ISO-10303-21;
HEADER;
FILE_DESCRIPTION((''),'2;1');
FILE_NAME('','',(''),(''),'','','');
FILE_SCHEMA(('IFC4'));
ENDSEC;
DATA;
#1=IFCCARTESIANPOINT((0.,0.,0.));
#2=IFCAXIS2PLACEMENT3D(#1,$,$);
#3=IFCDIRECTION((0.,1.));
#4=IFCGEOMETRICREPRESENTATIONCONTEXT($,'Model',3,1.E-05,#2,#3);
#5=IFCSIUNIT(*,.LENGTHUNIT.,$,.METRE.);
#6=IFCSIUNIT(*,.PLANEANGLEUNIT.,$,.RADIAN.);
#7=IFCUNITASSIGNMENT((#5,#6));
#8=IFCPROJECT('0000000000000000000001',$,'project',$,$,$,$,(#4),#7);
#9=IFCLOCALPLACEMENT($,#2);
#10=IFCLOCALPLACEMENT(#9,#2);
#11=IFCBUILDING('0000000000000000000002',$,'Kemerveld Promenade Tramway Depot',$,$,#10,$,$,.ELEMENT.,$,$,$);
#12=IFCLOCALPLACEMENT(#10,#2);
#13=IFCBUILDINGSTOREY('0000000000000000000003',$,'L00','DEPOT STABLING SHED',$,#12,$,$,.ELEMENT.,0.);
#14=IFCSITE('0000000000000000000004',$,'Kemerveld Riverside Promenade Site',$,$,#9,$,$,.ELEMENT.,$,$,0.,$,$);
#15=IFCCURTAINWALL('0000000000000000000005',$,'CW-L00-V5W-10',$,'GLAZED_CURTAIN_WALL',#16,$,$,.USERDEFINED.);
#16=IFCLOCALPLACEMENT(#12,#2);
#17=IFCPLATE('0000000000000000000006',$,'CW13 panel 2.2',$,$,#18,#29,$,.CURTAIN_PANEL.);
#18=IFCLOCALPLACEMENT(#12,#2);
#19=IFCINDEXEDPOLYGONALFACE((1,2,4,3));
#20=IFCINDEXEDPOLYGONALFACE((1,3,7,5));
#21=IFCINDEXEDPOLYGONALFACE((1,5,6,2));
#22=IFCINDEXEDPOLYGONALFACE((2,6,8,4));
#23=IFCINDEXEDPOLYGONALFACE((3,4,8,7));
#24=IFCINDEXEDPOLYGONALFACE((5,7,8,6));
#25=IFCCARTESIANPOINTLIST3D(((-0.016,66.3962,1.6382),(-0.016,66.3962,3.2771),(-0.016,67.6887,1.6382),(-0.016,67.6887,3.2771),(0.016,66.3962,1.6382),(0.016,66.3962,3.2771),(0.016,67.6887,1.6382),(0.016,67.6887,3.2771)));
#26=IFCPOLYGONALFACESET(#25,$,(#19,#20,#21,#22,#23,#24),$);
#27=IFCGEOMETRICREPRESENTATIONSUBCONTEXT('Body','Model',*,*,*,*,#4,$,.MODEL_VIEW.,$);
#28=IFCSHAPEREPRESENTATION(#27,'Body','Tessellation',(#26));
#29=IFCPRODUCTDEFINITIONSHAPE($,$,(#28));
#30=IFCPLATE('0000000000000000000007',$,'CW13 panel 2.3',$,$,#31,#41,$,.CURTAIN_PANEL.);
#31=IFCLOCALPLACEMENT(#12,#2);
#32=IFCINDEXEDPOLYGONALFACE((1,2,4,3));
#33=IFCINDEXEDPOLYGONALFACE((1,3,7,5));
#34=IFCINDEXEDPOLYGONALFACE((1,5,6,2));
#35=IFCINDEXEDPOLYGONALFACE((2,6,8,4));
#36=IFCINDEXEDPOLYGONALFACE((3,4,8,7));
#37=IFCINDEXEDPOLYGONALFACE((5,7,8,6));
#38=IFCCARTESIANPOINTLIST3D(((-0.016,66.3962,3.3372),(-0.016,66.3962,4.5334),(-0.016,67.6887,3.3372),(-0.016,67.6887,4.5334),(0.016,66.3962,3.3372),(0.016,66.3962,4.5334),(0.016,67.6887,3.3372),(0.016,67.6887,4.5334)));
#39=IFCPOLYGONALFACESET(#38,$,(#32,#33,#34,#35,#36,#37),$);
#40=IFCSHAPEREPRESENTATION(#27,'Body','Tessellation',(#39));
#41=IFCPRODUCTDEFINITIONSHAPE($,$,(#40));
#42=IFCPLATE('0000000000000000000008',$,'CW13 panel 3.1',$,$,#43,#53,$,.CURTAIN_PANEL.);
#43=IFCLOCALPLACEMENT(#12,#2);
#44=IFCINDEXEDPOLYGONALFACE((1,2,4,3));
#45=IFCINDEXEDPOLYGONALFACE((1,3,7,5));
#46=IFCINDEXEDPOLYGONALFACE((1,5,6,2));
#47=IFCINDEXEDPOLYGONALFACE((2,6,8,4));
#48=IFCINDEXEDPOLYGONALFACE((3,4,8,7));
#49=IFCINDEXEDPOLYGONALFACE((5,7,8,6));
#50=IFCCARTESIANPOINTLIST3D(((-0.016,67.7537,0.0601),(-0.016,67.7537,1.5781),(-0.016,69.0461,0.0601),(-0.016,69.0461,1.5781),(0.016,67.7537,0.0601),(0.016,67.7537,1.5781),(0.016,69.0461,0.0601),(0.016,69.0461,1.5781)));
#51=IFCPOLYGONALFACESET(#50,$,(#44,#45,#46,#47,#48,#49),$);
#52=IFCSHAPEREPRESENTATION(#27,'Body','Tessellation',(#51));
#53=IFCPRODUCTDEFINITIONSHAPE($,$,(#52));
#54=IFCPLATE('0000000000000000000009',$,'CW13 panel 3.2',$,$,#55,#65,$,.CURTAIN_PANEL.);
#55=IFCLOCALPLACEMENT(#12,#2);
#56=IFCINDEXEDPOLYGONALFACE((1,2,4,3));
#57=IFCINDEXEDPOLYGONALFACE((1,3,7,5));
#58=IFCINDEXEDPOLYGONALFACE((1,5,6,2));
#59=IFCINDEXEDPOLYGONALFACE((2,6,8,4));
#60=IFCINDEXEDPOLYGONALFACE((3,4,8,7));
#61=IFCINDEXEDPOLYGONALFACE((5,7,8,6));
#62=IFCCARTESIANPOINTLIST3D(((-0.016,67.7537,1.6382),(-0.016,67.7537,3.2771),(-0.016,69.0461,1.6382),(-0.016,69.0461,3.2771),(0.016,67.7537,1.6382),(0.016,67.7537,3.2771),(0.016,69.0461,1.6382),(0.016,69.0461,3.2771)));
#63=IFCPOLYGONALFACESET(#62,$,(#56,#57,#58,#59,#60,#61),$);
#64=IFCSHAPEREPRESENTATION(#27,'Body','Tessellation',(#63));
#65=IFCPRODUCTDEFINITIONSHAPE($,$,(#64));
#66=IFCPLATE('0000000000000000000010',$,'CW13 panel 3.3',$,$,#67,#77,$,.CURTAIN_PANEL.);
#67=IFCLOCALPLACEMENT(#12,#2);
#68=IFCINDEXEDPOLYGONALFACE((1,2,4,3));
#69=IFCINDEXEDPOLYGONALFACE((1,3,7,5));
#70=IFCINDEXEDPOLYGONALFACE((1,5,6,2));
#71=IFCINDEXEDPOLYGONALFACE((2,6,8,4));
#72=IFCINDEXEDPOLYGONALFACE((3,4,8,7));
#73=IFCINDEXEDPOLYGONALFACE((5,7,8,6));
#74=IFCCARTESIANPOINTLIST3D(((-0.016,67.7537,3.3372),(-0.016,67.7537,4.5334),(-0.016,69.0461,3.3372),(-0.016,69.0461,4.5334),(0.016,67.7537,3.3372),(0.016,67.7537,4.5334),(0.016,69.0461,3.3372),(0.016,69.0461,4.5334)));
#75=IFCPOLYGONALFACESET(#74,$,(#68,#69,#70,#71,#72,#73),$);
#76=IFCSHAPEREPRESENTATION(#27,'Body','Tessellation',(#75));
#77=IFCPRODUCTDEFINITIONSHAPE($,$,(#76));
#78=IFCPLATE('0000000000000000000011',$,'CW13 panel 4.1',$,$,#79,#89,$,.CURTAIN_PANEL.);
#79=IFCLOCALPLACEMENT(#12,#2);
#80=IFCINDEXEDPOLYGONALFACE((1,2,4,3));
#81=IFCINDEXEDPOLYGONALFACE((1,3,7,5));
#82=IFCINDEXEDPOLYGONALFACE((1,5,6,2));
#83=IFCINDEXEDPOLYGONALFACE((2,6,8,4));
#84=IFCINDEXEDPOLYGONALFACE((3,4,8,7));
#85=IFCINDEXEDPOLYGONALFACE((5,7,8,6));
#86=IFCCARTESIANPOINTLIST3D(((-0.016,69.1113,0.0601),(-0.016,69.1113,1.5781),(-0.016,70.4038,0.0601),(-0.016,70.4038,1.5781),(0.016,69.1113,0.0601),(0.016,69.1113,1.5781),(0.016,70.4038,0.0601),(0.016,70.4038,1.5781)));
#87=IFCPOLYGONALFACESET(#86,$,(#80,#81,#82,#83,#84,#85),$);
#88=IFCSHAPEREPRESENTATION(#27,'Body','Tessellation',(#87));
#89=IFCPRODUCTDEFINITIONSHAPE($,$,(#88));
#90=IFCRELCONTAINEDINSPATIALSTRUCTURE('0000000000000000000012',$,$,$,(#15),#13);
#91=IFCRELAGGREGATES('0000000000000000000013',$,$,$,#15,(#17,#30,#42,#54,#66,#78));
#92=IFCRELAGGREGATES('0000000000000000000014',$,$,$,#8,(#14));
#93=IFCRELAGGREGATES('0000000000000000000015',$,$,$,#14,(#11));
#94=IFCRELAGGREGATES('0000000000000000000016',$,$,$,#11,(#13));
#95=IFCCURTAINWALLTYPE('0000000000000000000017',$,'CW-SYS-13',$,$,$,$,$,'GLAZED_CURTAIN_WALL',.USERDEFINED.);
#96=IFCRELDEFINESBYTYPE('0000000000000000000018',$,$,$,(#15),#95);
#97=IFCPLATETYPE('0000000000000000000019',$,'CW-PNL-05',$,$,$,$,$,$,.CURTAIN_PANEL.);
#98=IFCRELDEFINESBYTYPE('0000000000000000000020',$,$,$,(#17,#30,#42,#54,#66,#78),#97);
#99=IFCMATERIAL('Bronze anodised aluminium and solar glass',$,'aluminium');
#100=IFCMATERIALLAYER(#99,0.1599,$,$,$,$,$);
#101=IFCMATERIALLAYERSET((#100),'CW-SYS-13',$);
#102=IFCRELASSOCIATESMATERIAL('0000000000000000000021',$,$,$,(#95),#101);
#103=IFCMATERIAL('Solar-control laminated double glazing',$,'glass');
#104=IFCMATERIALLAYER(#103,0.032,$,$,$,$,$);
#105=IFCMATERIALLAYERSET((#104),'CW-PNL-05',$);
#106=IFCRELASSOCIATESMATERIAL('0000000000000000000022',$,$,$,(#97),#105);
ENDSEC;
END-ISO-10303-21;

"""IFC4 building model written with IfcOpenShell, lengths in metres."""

from ifc_helpers import new_model, si_unit, direction, frame, origin, origin_2d, place, context, subcontext, project, spatial, rectangle, extrude, material, layer, layer_set, type_object, element, aggregate, save


model = new_model("IFC4")

# Units and contexts
model_context = context("Model", 3, precision=1e-05, world=origin(), true_north=direction((0.0, 1.0)))
body_context = subcontext(model_context, "Body", "Model", "MODEL_VIEW")
ifc_project = project(units=[si_unit("LENGTHUNIT", "METRE"), si_unit("PLANEANGLEUNIT", "RADIAN")], contexts=[model_context])

# Site, building, storey
site_placement = place(None, origin())
site = spatial("IfcSite", under=ifc_project, at=site_placement, Name="Kemerveld Riverside Promenade Site", CompositionType="ELEMENT", RefElevation=0.0)
building_placement = place(site_placement, origin())
building = spatial("IfcBuilding", under=site, at=building_placement, Name="Kemerveld Promenade Tramway Depot", CompositionType="ELEMENT")
storey_placement = place(building_placement, origin())
storey = spatial("IfcBuildingStorey", under=building, at=storey_placement, Name="L00", Description="DEPOT STABLING SHED", CompositionType="ELEMENT", Elevation=0.0)

# Curtain wall, plates
ifc_material_1 = material(Name="Bronze anodised aluminium and solar glass", Category="aluminium")
ifc_layer_1 = layer(ifc_material_1, 0.1599)
ifc_layer_set_1 = layer_set([ifc_layer_1], Name="CW-SYS-13")
curtain_wall_type = type_object("IfcCurtainWallType", Name="CW-SYS-13", ElementType="GLAZED_CURTAIN_WALL", PredefinedType="USERDEFINED", material=ifc_layer_set_1)
curtain_wall_placement = place(storey_placement, origin())
curtain_wall = element("IfcCurtainWall", 1, at=curtain_wall_placement, inside=storey, type_object=curtain_wall_type, Name="CW-L00-V5W-10", ObjectType="GLAZED_CURTAIN_WALL", PredefinedType="USERDEFINED")
ifc_material_2 = material(Name="Solar-control laminated double glazing", Category="glass")
ifc_layer_2 = layer(ifc_material_2, 0.032)
ifc_layer_set_2 = layer_set([ifc_layer_2], Name="CW-PNL-05")
plate_type = type_object("IfcPlateType", Name="CW-PNL-05", PredefinedType="CURTAIN_PANEL", material=ifc_layer_set_2)
plate_1_placement = place(storey_placement, frame((0.0, 67.0425, 1.6382), z_axis=(0.0, 0.0, 1.0), x_axis=(0.0, 1.0, 0.0)))
plate_1 = element("IfcPlate", 2, at=plate_1_placement, type_object=plate_type, Name="CW13 panel 2.2", PredefinedType="CURTAIN_PANEL", context=body_context, shape_type="SweptSolid", body=[
    extrude(rectangle(XDim=1.2925, YDim=0.032, at=origin_2d()), origin(), (0.0, 0.0, 1.0), 1.6389),
])
plate_2_placement = place(storey_placement, frame((0.0, 67.0425, 3.3372), z_axis=(0.0, 0.0, 1.0), x_axis=(0.0, 1.0, 0.0)))
plate_2 = element("IfcPlate", 3, at=plate_2_placement, type_object=plate_type, Name="CW13 panel 2.3", PredefinedType="CURTAIN_PANEL", context=body_context, shape_type="SweptSolid", body=[
    extrude(rectangle(XDim=1.2925, YDim=0.032, at=origin_2d()), origin(), (0.0, 0.0, 1.0), 1.1963),
])
plate_3_placement = place(storey_placement, frame((0.0, 68.3999, 0.0601), z_axis=(0.0, 0.0, 1.0), x_axis=(0.0, 1.0, 0.0)))
plate_3 = element("IfcPlate", 4, at=plate_3_placement, type_object=plate_type, Name="CW13 panel 3.1", PredefinedType="CURTAIN_PANEL", context=body_context, shape_type="SweptSolid", body=[
    extrude(rectangle(XDim=1.2925, YDim=0.032, at=origin_2d()), origin(), (0.0, 0.0, 1.0), 1.5181),
])
plate_4_placement = place(storey_placement, frame((0.0, 68.3999, 1.6382), z_axis=(0.0, 0.0, 1.0), x_axis=(0.0, 1.0, 0.0)))
plate_4 = element("IfcPlate", 5, at=plate_4_placement, type_object=plate_type, Name="CW13 panel 3.2", PredefinedType="CURTAIN_PANEL", context=body_context, shape_type="SweptSolid", body=[
    extrude(rectangle(XDim=1.2925, YDim=0.032, at=origin_2d()), origin(), (0.0, 0.0, 1.0), 1.6389),
])
plate_5_placement = place(storey_placement, frame((0.0, 68.3999, 3.3372), z_axis=(0.0, 0.0, 1.0), x_axis=(0.0, 1.0, 0.0)))
plate_5 = element("IfcPlate", 6, at=plate_5_placement, type_object=plate_type, Name="CW13 panel 3.3", PredefinedType="CURTAIN_PANEL", context=body_context, shape_type="SweptSolid", body=[
    extrude(rectangle(XDim=1.2925, YDim=0.032, at=origin_2d()), origin(), (0.0, 0.0, 1.0), 1.1963),
])
plate_6_placement = place(storey_placement, frame((0.0, 69.7576, 0.0601), z_axis=(0.0, 0.0, 1.0), x_axis=(0.0, 1.0, 0.0)))
plate_6 = element("IfcPlate", 7, at=plate_6_placement, type_object=plate_type, Name="CW13 panel 4.1", PredefinedType="CURTAIN_PANEL", context=body_context, shape_type="SweptSolid", body=[
    extrude(rectangle(XDim=1.2925, YDim=0.032, at=origin_2d()), origin(), (0.0, 0.0, 1.0), 1.5181),
])
aggregate(curtain_wall, [plate_1, plate_2, plate_3, plate_4, plate_5, plate_6])

save(model, "model.ifc")
